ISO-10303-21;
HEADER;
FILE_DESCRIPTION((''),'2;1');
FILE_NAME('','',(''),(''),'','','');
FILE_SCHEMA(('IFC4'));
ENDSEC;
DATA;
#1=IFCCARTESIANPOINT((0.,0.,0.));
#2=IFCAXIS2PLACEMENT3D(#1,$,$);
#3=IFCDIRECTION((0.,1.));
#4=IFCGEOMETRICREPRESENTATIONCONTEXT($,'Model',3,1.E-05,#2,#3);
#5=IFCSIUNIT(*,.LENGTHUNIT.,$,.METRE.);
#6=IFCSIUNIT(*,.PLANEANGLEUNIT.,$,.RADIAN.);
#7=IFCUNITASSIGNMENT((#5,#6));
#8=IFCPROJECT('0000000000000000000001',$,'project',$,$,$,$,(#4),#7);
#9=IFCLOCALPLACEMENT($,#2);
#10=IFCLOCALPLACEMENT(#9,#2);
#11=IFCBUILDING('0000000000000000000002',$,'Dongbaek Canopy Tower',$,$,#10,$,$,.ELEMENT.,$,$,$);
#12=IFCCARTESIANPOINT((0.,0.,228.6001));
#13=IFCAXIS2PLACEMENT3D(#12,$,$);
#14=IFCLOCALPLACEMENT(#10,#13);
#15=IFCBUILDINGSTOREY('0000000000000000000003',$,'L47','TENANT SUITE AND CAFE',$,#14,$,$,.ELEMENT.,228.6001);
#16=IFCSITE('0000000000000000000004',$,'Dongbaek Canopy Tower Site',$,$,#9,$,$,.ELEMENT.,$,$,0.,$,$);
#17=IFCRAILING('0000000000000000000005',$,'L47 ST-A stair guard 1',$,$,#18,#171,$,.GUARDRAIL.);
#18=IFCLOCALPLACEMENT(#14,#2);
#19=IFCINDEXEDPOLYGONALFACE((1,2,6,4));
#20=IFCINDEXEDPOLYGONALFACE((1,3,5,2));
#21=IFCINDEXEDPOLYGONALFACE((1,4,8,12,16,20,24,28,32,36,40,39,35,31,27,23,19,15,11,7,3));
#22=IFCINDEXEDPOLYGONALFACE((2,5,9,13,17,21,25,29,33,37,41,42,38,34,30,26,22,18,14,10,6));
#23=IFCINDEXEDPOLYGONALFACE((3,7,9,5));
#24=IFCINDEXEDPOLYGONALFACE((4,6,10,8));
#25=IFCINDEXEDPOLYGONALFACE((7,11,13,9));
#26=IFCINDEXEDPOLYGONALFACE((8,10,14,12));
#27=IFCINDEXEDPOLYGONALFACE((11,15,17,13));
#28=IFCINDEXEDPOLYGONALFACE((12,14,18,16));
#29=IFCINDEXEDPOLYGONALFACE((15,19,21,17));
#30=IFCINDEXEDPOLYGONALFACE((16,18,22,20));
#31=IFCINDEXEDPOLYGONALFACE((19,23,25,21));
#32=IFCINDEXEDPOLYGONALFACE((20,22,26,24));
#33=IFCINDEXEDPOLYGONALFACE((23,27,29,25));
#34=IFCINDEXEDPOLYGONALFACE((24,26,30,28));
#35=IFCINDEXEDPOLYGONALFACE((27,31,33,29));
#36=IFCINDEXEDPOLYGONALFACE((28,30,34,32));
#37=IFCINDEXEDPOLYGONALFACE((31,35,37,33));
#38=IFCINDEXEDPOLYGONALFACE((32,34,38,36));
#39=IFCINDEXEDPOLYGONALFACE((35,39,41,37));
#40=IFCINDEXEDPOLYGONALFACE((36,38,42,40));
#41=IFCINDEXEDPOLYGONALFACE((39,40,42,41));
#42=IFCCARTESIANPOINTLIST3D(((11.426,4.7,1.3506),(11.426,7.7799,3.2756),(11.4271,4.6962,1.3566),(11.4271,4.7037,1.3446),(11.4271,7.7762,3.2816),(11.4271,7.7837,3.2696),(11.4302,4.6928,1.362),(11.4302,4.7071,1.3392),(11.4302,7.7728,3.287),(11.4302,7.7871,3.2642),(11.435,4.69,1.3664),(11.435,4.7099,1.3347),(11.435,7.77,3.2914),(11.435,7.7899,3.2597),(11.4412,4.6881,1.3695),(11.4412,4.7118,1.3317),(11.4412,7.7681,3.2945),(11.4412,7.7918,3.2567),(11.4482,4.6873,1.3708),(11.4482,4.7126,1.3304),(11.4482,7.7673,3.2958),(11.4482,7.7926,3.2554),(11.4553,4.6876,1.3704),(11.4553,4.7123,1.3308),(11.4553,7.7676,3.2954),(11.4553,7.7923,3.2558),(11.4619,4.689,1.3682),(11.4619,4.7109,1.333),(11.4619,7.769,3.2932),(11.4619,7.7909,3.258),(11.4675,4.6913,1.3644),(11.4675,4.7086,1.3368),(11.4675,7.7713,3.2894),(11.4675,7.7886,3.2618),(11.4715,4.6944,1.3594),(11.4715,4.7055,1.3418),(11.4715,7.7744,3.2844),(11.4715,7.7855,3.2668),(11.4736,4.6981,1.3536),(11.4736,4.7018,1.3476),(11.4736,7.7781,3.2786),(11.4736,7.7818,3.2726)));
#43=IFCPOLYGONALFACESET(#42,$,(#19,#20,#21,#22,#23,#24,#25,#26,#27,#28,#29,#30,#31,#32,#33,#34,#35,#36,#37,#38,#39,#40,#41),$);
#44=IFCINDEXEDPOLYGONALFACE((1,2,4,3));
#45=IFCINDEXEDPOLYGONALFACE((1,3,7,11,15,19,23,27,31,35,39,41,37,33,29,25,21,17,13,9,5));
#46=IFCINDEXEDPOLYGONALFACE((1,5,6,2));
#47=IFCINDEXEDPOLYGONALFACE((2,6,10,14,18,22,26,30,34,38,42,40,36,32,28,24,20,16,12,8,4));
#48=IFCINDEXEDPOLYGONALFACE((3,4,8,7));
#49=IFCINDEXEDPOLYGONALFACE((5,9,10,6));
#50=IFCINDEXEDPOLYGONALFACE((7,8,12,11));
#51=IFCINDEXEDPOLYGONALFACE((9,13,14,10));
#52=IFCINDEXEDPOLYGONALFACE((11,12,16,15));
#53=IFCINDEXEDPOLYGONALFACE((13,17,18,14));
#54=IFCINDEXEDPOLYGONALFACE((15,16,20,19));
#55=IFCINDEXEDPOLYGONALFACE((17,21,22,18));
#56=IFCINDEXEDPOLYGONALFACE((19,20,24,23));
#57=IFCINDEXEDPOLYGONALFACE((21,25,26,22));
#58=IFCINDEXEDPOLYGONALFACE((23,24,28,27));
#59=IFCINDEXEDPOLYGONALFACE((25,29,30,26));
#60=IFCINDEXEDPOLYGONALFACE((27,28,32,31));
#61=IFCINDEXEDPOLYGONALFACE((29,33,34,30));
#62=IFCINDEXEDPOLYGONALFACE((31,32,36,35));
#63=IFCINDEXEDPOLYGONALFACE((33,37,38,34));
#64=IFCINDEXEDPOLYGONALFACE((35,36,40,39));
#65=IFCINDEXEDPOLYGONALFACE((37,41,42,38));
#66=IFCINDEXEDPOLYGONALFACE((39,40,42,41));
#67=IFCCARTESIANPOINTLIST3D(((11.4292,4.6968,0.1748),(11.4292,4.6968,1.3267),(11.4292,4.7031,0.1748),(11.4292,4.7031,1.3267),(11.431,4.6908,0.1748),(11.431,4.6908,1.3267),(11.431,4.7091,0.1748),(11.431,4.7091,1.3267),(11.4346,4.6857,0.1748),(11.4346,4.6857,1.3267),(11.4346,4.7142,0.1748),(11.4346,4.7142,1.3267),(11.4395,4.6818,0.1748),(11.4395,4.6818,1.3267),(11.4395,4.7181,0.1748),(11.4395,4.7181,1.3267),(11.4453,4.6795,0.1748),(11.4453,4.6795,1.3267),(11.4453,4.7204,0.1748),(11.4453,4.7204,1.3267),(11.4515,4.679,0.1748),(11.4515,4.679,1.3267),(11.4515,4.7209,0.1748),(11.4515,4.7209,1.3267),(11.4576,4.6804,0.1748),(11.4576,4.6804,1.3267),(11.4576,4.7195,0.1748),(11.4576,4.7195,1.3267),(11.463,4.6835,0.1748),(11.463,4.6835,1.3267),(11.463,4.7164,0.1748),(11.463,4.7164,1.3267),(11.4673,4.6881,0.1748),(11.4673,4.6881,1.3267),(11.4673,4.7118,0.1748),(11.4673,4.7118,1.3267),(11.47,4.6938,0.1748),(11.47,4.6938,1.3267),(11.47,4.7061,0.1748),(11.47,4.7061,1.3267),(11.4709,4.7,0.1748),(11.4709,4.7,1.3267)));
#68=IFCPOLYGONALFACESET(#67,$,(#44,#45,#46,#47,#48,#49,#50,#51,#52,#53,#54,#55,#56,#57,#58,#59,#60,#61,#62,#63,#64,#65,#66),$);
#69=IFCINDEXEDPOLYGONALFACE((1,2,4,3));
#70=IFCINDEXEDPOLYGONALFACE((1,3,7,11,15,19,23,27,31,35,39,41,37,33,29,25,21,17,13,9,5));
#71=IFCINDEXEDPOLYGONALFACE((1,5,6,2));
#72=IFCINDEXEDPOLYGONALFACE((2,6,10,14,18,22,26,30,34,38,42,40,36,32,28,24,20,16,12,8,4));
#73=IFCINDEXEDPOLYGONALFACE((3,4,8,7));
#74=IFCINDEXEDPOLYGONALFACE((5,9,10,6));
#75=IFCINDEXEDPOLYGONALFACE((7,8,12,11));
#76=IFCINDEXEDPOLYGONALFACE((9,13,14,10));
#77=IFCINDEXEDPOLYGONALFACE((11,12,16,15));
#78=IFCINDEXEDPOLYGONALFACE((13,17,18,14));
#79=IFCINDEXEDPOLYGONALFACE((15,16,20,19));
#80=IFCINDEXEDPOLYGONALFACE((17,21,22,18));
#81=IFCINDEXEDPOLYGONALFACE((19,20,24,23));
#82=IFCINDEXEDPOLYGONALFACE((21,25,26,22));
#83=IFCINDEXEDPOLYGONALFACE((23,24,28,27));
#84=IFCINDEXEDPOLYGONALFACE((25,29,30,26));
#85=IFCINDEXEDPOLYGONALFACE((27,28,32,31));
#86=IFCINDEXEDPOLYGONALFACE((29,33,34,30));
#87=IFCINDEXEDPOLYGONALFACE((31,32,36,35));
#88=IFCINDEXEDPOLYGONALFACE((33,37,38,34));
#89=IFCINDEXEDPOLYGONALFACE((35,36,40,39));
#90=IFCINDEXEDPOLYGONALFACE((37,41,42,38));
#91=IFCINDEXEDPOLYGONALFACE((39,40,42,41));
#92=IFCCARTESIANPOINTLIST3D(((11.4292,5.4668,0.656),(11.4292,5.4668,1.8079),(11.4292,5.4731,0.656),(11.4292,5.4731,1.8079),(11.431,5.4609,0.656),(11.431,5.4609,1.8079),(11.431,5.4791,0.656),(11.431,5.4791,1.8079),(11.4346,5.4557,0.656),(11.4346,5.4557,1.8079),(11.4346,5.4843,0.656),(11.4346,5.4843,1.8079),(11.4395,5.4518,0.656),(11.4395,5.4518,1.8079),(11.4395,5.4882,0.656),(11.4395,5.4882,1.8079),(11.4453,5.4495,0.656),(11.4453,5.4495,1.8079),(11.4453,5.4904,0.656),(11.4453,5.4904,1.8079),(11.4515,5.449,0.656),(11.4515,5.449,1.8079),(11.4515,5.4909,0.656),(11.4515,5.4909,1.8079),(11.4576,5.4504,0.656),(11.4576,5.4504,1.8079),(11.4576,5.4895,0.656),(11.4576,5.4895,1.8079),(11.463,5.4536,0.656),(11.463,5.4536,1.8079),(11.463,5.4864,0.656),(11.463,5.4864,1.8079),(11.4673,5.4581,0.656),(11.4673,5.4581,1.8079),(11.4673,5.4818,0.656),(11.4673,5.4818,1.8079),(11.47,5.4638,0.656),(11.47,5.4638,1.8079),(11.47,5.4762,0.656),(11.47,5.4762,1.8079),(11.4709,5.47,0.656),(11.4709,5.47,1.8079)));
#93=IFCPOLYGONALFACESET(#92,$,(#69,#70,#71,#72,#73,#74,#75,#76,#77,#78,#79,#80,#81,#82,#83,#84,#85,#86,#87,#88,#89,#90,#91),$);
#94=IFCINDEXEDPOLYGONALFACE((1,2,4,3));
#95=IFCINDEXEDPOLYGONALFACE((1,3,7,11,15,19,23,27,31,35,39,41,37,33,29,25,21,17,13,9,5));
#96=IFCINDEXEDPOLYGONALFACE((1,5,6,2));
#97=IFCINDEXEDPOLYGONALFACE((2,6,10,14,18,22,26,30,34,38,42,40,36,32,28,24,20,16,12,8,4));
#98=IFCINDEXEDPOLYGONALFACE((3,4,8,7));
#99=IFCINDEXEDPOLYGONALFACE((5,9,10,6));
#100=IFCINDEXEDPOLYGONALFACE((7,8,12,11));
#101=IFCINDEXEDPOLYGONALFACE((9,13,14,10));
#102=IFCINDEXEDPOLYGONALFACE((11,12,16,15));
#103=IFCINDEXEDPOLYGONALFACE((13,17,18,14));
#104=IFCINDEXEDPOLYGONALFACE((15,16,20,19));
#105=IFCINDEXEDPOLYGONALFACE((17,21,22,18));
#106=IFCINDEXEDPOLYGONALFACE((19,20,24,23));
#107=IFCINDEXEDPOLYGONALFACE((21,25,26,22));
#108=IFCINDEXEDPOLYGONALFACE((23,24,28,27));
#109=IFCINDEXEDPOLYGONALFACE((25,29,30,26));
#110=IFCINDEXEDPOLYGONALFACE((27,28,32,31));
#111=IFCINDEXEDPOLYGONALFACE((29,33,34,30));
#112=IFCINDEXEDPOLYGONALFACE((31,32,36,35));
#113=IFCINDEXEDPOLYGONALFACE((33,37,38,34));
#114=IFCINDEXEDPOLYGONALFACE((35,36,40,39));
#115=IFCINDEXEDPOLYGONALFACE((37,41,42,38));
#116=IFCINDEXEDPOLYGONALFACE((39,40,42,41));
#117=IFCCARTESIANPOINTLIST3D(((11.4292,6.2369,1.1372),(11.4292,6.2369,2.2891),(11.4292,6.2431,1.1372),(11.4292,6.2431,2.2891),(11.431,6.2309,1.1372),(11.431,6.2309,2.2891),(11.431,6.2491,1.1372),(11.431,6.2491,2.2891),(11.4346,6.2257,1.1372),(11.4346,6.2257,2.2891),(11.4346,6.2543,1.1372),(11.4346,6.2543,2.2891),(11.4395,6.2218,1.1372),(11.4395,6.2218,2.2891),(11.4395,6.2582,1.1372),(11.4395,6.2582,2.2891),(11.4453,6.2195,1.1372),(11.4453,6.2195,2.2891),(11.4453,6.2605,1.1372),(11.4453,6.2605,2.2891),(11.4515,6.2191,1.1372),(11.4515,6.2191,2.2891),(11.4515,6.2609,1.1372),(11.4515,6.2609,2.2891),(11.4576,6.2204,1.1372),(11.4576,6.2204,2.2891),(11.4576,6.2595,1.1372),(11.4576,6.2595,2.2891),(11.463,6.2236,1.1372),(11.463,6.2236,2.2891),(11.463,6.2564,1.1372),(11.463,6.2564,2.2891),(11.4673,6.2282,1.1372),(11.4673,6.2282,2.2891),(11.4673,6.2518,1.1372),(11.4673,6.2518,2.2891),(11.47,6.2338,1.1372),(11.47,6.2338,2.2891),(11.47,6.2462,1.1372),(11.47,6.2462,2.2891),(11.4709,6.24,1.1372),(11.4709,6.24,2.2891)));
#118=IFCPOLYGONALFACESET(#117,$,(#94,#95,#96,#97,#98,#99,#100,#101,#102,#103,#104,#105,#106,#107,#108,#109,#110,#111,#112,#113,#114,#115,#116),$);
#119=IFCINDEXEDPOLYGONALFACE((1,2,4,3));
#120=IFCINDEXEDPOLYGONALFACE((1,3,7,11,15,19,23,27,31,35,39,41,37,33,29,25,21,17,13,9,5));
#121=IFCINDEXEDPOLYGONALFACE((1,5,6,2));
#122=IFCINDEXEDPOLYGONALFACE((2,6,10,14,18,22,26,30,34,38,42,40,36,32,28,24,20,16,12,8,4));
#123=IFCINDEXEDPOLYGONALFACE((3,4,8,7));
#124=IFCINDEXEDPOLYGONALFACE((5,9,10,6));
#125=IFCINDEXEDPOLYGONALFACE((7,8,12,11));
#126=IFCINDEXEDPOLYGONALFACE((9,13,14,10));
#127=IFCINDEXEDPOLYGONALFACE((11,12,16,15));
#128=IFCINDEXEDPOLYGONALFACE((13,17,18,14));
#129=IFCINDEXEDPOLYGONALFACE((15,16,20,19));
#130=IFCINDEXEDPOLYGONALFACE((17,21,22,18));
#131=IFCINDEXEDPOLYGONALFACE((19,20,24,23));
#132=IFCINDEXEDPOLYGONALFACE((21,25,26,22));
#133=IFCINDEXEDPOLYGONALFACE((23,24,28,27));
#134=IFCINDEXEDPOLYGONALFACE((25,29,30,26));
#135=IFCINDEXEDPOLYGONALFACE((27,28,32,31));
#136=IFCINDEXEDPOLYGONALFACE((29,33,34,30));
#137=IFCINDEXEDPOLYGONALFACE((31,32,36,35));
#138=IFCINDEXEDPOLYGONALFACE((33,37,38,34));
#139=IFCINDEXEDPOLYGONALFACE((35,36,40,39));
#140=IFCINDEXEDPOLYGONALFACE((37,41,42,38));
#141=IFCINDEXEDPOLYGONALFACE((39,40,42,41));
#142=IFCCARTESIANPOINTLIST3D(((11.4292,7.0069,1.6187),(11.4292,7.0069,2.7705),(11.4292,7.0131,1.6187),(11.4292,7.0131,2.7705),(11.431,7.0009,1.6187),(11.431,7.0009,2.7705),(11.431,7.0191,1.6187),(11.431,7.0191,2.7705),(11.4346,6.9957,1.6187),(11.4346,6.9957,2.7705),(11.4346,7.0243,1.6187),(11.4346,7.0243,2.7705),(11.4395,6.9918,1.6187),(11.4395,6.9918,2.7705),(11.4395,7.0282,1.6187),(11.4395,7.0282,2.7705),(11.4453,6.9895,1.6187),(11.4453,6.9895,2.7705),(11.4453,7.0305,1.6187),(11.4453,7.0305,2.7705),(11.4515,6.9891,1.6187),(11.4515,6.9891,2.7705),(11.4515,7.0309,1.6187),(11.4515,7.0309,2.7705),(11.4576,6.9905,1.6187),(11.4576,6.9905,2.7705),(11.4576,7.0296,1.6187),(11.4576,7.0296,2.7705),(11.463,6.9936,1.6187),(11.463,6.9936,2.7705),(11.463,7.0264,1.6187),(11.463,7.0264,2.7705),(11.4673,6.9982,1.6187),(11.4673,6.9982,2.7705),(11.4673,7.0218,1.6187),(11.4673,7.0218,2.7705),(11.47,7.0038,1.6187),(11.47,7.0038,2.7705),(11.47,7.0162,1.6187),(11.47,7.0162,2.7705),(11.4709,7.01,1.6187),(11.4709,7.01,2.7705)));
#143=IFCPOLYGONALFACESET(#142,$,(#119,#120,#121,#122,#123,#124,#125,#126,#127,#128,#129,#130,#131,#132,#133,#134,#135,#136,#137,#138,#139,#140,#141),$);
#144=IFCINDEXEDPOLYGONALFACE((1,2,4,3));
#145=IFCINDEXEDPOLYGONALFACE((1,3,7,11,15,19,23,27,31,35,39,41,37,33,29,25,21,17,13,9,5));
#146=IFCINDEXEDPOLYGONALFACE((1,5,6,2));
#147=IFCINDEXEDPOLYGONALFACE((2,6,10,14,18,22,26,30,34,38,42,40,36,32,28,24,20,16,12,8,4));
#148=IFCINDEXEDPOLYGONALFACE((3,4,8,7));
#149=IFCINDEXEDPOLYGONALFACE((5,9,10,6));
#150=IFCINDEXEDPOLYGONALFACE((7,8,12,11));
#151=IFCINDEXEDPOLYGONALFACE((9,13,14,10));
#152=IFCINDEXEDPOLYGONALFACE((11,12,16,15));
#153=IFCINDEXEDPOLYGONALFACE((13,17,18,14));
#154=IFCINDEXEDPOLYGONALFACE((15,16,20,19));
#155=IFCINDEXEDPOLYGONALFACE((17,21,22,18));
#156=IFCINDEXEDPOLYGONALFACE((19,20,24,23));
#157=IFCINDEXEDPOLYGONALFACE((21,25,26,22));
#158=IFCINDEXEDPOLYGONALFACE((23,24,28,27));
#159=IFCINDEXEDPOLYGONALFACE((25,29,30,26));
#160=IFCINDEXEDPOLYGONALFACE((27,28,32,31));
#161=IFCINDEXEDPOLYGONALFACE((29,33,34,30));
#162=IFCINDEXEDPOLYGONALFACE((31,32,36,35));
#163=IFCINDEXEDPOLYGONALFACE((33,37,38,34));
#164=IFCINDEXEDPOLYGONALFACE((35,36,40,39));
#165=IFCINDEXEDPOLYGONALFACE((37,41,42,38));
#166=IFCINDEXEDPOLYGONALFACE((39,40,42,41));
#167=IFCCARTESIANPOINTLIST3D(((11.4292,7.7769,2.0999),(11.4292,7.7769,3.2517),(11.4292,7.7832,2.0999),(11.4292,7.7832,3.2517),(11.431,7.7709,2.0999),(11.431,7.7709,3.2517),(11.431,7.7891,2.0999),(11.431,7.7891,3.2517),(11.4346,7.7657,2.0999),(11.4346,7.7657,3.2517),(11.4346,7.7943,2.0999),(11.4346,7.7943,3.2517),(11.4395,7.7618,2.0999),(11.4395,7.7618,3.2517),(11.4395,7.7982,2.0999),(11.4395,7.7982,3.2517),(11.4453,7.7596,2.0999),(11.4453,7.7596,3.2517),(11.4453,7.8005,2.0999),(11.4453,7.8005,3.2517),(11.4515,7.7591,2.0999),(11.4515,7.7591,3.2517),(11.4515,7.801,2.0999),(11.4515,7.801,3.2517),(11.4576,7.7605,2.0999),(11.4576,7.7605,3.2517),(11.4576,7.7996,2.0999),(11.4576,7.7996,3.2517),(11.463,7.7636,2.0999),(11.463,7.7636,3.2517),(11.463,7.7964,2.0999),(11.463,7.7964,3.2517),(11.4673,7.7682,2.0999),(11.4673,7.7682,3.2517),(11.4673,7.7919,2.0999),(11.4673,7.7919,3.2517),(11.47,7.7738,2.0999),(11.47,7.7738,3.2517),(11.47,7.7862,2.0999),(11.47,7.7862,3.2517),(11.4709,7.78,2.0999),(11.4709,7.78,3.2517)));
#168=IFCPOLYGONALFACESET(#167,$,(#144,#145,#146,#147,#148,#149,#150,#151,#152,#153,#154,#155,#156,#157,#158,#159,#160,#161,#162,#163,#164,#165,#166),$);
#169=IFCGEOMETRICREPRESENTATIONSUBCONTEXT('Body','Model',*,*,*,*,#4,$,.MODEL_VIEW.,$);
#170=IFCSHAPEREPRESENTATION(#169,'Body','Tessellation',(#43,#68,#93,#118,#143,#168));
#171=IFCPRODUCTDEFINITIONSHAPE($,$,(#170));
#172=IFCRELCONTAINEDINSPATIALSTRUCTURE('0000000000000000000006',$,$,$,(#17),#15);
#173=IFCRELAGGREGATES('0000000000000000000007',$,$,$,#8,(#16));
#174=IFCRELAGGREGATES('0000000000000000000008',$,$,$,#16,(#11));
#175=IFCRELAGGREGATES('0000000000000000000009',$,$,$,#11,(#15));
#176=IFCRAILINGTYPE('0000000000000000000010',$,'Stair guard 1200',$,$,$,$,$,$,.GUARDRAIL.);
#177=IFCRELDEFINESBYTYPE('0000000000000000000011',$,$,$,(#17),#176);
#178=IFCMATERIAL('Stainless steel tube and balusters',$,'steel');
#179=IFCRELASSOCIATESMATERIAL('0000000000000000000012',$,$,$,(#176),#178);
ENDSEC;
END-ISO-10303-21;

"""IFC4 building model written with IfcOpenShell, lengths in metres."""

from ifc_helpers import new_model, si_unit, direction, frame, origin, origin_2d, place, context, subcontext, project, spatial, circle, extrude, material, type_object, element, save


model = new_model("IFC4")

# Units and contexts
model_context = context("Model", 3, precision=1e-05, world=origin(), true_north=direction((0.0, 1.0)))
body_context = subcontext(model_context, "Body", "Model", "MODEL_VIEW")
ifc_project = project(units=[si_unit("LENGTHUNIT", "METRE"), si_unit("PLANEANGLEUNIT", "RADIAN")], contexts=[model_context])

# Site, building, storey
site_placement = place(None, origin())
site = spatial("IfcSite", under=ifc_project, at=site_placement, Name="Dongbaek Canopy Tower Site", CompositionType="ELEMENT", RefElevation=0.0)
building_placement = place(site_placement, origin())
building = spatial("IfcBuilding", under=site, at=building_placement, Name="Dongbaek Canopy Tower", CompositionType="ELEMENT")
storey_placement = place(building_placement, frame((0.0, 0.0, 228.6001)))
storey = spatial("IfcBuildingStorey", under=building, at=storey_placement, Name="L47", Description="TENANT SUITE AND CAFE", CompositionType="ELEMENT", Elevation=228.6001)

# Railing
ifc_material_1 = material(Name="Stainless steel tube and balusters", Category="steel")
railing_type_1 = type_object("IfcRailingType", Name="Stair guard 1200", PredefinedType="GUARDRAIL", material=ifc_material_1)
railing_1_placement = place(storey_placement, frame((11.45, 4.7, 0.1748)))
element("IfcRailing", 1, at=railing_1_placement, inside=storey, type_object=railing_type_1, Name="L47 ST-A stair guard 1", PredefinedType="GUARDRAIL", context=body_context, shape_type="SweptSolid", body=[
    extrude(circle(Radius=0.0239, at=origin_2d()), frame((0.0, 0.0, 1.1758), z_axis=(0.0, 0.847998, 0.529999), x_axis=(-1.0, 0.0, 0.0)), (0.0, 0.0, 1.0), 3.6321),
    extrude(circle(Radius=0.021, at=origin_2d()), origin(), (0.0, 0.0, 1.0), 1.1519),
    extrude(circle(Radius=0.021, at=origin_2d()), frame((0.0, 0.77, 0.4812)), (0.0, 0.0, 1.0), 1.1519),
    extrude(circle(Radius=0.021, at=origin_2d()), frame((0.0, 1.54, 0.9624)), (0.0, 0.0, 1.0), 1.1519),
    extrude(circle(Radius=0.021, at=origin_2d()), frame((0.0, 2.3101, 1.4438)), (0.0, 0.0, 1.0), 1.1519),
    extrude(circle(Radius=0.021, at=origin_2d()), frame((0.0, 3.0801, 1.925)), (0.0, 0.0, 1.0), 1.1519),
])

save(model, "model.ifc")
